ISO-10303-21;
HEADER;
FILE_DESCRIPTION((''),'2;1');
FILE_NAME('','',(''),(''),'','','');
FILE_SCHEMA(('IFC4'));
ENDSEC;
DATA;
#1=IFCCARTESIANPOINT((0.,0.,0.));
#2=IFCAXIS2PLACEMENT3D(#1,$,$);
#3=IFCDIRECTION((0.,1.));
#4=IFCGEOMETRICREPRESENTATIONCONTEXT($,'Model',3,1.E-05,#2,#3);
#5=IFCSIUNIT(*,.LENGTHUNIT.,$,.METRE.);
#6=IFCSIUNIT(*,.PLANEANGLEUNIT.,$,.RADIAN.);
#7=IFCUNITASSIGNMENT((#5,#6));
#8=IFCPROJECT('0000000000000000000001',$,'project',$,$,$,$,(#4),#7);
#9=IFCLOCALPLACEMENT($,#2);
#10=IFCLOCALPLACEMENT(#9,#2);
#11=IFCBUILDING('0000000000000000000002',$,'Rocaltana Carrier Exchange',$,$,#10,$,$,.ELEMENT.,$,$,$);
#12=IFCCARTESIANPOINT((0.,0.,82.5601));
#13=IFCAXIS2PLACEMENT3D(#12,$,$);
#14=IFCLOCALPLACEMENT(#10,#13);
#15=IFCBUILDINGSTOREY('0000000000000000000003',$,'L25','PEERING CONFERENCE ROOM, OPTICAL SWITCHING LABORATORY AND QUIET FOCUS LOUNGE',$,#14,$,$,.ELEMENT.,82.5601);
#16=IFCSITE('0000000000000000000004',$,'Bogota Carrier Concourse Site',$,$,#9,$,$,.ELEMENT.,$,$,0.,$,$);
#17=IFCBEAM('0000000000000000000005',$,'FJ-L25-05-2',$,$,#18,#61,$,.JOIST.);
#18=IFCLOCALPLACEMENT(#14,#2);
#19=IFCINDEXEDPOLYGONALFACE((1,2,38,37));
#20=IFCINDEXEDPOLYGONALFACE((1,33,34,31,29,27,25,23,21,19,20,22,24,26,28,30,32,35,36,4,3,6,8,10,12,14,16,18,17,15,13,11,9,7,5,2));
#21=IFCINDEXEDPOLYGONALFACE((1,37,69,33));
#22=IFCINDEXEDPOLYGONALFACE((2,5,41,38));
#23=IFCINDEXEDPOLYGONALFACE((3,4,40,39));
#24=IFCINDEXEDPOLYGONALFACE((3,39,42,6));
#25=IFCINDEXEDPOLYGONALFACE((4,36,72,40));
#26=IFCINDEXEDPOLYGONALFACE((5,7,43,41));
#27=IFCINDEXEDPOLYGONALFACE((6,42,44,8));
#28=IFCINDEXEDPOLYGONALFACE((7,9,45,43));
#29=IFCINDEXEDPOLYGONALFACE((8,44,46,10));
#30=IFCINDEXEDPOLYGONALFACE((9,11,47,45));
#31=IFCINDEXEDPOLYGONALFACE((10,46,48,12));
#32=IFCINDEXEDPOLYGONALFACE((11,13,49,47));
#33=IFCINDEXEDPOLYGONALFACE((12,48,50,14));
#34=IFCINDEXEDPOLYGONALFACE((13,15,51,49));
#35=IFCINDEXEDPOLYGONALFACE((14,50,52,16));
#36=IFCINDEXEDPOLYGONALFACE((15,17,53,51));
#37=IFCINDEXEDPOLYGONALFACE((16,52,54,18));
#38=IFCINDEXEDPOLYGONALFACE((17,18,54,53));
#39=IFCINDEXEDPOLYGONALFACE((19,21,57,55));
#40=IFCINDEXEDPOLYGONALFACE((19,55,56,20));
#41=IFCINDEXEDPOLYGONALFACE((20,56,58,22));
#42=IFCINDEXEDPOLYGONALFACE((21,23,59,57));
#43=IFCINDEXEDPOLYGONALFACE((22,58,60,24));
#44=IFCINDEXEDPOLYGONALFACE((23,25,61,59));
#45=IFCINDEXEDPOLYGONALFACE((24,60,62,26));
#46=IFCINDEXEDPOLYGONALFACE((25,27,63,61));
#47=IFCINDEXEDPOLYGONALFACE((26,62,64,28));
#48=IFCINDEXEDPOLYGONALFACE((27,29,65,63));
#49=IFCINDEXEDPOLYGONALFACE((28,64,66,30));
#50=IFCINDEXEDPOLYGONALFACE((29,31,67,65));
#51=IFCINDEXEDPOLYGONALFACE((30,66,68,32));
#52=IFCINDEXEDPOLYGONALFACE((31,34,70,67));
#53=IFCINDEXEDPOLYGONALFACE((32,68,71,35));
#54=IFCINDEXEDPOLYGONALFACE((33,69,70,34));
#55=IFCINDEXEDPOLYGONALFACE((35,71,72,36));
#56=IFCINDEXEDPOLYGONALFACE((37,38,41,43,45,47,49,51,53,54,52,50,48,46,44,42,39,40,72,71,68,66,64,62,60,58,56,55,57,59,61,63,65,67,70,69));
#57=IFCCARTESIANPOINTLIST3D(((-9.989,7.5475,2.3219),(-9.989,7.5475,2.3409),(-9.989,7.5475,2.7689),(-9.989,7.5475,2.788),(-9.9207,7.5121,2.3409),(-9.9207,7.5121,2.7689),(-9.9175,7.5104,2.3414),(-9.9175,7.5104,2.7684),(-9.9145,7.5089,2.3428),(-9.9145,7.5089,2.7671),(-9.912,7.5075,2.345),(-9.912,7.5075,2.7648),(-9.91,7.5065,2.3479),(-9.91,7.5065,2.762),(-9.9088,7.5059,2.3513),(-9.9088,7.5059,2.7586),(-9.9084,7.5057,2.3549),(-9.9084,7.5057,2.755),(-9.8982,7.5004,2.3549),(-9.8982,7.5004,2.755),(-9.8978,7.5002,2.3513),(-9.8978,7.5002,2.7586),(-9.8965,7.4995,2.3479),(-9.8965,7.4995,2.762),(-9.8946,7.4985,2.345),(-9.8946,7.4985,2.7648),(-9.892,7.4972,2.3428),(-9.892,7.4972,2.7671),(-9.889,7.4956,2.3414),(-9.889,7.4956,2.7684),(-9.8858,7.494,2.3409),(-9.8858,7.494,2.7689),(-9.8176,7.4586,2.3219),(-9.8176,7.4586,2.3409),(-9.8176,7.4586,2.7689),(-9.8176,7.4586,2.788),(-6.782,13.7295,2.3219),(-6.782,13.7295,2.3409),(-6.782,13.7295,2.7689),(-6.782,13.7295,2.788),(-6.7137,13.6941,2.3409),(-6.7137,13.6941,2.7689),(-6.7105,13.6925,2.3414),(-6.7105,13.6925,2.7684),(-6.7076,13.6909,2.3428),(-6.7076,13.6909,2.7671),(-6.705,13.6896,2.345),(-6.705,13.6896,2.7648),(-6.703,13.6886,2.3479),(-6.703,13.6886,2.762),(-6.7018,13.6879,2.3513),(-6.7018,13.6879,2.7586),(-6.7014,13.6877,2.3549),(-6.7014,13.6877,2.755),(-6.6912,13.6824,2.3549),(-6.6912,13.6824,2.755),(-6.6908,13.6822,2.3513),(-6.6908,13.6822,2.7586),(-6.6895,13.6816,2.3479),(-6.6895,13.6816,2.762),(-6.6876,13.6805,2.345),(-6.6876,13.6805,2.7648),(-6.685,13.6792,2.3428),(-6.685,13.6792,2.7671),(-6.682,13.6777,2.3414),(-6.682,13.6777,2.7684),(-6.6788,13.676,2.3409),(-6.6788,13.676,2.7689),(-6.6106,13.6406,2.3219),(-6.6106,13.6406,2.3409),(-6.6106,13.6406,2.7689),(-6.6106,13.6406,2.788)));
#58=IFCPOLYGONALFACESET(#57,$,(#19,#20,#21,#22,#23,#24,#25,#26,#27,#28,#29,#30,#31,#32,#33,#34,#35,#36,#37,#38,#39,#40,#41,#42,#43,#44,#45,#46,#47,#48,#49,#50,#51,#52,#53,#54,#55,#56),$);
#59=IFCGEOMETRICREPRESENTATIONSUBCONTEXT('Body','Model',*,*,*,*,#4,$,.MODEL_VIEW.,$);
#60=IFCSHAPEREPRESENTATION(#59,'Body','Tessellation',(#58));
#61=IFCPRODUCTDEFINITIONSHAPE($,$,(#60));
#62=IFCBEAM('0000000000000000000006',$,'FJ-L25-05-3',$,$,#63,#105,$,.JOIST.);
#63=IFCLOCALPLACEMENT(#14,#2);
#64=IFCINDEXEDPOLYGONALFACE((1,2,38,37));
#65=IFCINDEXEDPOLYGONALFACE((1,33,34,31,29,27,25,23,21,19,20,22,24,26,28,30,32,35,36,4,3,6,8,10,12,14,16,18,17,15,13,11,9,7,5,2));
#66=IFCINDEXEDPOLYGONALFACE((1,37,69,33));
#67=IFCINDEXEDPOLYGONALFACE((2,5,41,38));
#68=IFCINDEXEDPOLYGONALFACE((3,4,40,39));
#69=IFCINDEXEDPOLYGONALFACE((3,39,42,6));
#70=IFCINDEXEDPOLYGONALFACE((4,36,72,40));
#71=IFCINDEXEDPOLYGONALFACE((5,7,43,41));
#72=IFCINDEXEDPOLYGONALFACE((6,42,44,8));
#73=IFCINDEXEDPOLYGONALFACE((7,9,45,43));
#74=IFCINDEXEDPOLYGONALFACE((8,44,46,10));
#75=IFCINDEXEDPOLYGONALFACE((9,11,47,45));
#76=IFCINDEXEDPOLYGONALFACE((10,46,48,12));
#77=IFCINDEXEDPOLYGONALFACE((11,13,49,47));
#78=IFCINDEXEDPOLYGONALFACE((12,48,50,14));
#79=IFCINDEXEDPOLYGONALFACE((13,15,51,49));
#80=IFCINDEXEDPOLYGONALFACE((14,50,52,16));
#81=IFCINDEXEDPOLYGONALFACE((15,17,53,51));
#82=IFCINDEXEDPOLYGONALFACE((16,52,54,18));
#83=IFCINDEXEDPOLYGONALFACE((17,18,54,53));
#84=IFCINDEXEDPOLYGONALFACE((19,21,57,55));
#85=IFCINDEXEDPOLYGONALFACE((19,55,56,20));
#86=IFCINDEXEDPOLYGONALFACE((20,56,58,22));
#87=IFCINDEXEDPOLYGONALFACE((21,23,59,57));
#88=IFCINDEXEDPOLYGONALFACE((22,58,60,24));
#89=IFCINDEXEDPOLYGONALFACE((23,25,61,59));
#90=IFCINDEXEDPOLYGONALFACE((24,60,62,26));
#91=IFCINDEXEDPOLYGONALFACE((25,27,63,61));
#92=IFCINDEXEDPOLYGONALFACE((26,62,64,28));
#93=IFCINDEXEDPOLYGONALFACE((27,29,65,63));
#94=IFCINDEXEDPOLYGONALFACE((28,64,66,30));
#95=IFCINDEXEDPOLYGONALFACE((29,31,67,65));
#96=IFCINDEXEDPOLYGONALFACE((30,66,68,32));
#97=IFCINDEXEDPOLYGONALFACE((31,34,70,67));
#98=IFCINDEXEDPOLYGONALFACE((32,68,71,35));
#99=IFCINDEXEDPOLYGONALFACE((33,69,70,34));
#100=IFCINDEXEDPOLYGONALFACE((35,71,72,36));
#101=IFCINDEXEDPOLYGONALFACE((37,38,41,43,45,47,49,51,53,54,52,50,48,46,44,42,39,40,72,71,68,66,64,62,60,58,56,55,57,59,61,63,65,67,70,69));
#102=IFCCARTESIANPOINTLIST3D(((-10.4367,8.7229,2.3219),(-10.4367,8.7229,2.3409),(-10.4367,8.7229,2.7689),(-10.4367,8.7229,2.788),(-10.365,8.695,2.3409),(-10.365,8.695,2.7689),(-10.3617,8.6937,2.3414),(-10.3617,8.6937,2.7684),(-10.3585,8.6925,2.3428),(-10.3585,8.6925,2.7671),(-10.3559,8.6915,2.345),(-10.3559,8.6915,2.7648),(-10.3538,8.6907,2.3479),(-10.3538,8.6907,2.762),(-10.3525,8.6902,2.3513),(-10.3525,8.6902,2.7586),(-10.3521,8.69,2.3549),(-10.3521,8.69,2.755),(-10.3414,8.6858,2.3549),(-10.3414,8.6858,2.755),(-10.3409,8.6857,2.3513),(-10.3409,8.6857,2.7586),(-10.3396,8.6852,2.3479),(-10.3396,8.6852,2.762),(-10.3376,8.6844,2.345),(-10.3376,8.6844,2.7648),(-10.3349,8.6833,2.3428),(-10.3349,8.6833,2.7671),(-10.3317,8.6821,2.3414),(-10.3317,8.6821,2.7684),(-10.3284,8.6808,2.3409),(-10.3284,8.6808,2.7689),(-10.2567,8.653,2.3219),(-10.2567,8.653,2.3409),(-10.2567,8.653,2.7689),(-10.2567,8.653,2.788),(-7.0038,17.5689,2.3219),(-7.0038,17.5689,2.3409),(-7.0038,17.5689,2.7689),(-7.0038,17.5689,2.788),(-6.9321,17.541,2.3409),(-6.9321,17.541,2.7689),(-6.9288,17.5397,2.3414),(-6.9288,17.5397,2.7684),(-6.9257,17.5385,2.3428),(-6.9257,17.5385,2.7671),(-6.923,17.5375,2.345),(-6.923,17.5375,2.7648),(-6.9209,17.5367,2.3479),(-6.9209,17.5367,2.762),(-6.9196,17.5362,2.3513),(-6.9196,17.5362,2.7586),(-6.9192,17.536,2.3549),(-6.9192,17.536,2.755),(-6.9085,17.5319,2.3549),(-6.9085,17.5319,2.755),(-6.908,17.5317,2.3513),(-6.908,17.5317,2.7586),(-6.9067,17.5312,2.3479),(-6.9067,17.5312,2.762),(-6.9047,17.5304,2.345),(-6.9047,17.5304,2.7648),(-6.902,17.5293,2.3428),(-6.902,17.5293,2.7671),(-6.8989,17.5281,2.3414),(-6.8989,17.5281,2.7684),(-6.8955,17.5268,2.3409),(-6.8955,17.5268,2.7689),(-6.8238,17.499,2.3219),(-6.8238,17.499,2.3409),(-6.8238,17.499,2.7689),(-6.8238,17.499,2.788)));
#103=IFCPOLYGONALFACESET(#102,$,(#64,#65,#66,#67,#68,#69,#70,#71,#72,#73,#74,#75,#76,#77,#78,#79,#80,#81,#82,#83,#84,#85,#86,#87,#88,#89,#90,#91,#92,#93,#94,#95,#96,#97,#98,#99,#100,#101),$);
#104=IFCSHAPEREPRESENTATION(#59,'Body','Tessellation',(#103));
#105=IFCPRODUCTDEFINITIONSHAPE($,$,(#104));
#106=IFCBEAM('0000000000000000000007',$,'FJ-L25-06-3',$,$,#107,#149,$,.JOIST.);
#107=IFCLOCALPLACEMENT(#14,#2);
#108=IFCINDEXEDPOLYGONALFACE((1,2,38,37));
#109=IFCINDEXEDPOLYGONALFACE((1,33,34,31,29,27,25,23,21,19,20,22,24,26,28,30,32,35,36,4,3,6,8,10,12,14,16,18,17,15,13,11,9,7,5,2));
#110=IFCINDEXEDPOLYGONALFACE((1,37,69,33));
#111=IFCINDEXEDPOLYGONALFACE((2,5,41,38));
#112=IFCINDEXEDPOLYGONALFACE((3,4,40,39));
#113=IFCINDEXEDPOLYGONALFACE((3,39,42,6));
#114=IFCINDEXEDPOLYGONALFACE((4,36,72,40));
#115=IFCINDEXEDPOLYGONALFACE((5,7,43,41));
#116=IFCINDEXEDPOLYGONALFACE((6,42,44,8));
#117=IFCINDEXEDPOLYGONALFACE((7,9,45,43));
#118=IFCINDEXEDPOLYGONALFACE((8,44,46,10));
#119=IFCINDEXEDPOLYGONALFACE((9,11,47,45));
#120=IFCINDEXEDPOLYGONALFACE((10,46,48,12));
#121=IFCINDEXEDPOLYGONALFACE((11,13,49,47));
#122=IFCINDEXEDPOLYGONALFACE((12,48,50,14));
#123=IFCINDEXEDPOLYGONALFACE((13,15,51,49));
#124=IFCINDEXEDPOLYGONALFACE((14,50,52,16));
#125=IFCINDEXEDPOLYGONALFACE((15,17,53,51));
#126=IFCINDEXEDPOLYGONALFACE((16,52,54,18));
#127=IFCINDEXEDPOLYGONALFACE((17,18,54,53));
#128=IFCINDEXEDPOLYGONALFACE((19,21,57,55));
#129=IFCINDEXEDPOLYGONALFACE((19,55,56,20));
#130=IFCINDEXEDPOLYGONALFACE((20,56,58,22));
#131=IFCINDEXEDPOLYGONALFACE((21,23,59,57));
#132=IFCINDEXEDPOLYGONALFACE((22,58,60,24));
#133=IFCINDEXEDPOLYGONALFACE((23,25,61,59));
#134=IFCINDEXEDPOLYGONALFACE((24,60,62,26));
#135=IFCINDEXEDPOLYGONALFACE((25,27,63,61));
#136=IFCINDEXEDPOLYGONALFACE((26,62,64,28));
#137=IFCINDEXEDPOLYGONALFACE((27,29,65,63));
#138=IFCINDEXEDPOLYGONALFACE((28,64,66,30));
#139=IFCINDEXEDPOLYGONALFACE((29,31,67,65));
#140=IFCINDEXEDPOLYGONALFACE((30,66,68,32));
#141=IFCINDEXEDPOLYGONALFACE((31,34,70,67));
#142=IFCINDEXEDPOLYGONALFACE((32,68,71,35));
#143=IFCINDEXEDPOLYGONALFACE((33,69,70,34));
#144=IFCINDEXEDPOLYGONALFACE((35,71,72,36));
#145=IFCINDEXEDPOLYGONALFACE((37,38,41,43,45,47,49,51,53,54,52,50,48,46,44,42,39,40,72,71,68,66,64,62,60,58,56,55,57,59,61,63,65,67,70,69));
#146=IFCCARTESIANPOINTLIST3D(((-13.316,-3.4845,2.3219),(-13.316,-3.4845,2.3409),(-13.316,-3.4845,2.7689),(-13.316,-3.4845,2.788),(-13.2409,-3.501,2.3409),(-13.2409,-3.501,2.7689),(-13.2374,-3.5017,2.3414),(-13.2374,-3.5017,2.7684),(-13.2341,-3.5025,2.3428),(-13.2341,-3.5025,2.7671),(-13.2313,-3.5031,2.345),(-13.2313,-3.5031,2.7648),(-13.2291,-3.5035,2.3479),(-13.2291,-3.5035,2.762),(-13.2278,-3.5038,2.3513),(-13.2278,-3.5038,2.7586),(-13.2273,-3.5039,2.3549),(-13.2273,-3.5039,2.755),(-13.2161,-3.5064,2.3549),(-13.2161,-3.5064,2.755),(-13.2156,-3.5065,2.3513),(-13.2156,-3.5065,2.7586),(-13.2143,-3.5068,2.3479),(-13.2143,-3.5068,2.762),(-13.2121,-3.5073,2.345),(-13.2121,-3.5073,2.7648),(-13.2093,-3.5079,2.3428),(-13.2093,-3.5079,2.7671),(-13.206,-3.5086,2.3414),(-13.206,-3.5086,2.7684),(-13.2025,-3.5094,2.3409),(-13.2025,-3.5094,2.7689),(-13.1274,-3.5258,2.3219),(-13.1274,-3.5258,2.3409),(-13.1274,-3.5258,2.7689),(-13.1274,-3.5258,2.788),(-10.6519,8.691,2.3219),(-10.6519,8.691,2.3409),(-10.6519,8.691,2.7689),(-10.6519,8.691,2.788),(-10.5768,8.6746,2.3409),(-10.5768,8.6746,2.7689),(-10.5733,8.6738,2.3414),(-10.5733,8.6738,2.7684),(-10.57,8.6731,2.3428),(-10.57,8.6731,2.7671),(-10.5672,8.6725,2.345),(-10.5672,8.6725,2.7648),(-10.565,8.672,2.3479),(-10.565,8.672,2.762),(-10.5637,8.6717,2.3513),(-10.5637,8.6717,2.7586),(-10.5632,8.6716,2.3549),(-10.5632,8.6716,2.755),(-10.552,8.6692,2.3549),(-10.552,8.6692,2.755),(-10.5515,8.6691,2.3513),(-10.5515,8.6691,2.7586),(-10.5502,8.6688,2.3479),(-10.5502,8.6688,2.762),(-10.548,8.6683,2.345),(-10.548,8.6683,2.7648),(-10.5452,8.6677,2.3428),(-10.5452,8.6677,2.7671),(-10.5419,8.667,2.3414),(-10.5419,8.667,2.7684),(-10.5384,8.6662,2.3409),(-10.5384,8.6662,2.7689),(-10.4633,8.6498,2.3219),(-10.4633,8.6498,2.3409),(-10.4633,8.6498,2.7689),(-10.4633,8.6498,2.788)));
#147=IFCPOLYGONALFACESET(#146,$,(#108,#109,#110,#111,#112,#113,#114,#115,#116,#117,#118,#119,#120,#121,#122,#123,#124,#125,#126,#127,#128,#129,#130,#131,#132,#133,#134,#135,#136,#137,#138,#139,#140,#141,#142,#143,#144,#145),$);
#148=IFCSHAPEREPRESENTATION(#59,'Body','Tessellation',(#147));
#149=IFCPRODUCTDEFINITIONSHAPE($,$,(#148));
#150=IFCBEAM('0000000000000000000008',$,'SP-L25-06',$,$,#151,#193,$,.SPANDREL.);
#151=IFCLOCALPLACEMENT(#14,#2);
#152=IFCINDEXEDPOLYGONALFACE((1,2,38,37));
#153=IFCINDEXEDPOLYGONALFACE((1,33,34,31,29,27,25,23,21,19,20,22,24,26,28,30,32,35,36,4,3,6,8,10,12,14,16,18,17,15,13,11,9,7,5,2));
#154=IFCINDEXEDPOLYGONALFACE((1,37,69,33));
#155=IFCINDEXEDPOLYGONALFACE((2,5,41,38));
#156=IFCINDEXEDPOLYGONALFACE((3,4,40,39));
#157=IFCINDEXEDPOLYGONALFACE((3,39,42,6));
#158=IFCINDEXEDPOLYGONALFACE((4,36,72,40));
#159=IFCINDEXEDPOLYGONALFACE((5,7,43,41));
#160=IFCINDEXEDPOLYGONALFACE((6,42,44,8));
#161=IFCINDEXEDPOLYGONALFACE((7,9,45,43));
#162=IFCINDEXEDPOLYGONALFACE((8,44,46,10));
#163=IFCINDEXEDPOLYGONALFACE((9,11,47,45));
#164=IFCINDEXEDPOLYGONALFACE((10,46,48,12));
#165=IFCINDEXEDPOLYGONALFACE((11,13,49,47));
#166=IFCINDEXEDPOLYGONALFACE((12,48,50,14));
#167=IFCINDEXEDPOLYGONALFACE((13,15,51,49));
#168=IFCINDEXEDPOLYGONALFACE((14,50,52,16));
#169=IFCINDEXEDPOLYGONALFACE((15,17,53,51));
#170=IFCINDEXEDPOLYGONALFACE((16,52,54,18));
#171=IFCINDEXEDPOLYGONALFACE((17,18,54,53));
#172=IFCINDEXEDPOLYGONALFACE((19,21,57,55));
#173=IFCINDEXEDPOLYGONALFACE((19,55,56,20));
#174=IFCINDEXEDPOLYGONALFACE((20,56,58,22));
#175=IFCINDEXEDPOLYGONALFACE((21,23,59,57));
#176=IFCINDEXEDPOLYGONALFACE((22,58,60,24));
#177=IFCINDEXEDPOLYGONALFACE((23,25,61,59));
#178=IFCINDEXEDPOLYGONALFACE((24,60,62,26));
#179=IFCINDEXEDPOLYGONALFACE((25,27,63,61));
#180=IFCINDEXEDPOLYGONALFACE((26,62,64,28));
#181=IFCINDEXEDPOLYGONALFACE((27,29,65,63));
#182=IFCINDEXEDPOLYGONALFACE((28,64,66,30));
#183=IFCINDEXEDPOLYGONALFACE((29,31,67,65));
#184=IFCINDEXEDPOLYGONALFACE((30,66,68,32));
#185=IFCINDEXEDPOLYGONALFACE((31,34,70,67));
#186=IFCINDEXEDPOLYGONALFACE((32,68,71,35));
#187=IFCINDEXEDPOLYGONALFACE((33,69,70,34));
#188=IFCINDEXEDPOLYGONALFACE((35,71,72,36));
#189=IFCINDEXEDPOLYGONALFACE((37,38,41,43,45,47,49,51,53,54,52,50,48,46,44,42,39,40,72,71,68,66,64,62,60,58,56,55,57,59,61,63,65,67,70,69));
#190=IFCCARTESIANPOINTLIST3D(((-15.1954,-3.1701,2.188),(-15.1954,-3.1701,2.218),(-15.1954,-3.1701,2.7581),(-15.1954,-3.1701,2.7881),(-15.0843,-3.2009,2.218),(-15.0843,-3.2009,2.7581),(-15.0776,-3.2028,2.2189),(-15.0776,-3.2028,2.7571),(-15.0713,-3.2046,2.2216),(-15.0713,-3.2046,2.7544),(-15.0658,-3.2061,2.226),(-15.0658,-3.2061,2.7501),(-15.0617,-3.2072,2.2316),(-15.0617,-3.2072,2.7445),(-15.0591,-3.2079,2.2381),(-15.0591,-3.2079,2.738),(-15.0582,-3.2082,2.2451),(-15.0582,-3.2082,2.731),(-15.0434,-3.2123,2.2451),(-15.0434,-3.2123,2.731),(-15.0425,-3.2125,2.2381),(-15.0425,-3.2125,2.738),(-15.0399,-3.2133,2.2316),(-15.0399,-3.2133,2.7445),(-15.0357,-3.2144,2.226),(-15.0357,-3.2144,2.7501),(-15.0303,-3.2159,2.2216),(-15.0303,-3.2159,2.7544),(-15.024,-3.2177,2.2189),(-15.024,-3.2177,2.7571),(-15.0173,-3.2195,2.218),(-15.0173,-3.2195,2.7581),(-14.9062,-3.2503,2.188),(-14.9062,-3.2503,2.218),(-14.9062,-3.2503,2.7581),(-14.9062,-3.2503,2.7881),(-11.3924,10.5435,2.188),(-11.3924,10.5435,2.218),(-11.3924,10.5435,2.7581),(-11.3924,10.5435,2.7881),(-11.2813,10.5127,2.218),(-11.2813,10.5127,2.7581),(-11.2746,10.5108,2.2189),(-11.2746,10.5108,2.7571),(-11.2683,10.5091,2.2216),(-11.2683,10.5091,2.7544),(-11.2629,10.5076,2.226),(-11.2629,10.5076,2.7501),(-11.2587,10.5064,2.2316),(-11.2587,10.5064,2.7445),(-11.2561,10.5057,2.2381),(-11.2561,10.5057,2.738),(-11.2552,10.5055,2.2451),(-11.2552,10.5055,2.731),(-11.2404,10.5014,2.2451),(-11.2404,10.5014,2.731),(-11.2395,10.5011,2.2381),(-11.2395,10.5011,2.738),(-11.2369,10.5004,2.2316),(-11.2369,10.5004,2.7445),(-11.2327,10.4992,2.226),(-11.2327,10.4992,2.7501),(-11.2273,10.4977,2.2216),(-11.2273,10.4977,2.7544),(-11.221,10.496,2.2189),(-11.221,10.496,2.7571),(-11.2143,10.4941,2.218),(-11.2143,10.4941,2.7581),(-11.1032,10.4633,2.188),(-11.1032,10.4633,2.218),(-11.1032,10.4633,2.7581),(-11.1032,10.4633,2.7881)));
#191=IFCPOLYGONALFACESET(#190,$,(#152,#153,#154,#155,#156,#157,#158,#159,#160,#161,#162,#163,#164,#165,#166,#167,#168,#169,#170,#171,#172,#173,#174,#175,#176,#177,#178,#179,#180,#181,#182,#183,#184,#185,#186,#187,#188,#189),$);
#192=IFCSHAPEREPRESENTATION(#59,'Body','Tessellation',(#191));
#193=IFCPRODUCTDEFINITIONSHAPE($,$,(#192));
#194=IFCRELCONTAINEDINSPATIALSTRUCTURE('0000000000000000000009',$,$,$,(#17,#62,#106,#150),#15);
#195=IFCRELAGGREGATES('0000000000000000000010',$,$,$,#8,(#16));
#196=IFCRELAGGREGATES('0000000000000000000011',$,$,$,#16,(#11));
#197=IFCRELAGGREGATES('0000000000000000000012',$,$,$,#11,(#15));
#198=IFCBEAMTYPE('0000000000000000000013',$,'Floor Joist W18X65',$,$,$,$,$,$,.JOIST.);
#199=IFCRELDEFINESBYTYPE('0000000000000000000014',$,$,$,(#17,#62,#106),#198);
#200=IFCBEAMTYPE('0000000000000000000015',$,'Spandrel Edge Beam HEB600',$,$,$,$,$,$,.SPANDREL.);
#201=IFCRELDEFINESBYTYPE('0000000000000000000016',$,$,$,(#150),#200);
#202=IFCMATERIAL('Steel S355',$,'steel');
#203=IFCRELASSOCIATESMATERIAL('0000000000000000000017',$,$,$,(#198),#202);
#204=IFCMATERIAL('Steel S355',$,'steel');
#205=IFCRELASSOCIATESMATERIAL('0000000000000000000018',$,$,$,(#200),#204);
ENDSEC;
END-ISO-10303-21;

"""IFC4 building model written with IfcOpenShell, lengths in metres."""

from ifc_helpers import new_model, si_unit, direction, frame, origin, origin_2d, place, context, subcontext, project, spatial, i_section, extrude, material, material_profile, profile_set, type_object, element, save


model = new_model("IFC4")

# Units and contexts
model_context = context("Model", 3, precision=1e-05, world=origin(), true_north=direction((0.0, 1.0)))
body_context = subcontext(model_context, "Body", "Model", "MODEL_VIEW")
ifc_project = project(units=[si_unit("LENGTHUNIT", "METRE"), si_unit("PLANEANGLEUNIT", "RADIAN")], contexts=[model_context])

# Site, building, storey
site_placement = place(None, origin())
site = spatial("IfcSite", under=ifc_project, at=site_placement, Name="Bogota Carrier Concourse Site", CompositionType="ELEMENT", RefElevation=0.0)
building_placement = place(site_placement, origin())
building = spatial("IfcBuilding", under=site, at=building_placement, Name="Rocaltana Carrier Exchange", CompositionType="ELEMENT")
storey_placement = place(building_placement, frame((0.0, 0.0, 82.5601)))
storey = spatial("IfcBuildingStorey", under=building, at=storey_placement, Name="L25", Description="PEERING CONFERENCE ROOM, OPTICAL SWITCHING LABORATORY AND QUIET FOCUS LOUNGE", CompositionType="ELEMENT", Elevation=82.5601)

# Beams
ifc_material_1 = material(Name="Steel S355", Category="steel")
ifc_material_profile_1 = material_profile(ifc_material_1, i_section(OverallWidth=0.1931, OverallDepth=0.4661, WebThickness=0.0115, FlangeThickness=0.019, FilletRadius=0.0139, at=origin_2d()), Name="W18X65")
ifc_profile_set_1 = profile_set([ifc_material_profile_1], Name="Steel S355")
beam_type_1 = type_object("IfcBeamType", Name="Floor Joist W18X65", PredefinedType="JOIST", material=ifc_profile_set_1)
beam_1_placement = place(storey_placement, frame((-6.6963, 13.6851, 2.5549), z_axis=(-0.460485, -0.887668, 0.0), x_axis=(0.887668, -0.460485, 0.0)))
element("IfcBeam", 1, at=beam_1_placement, inside=storey, type_object=beam_type_1, Name="FJ-L25-05-2", PredefinedType="JOIST", context=body_context, shape_type="SweptSolid", body=[
    extrude(i_section(OverallWidth=0.1931, OverallDepth=0.4661, WebThickness=0.0115, FlangeThickness=0.019, FilletRadius=0.0139, at=origin_2d()), origin(), (0.0, 0.0, 1.0), 6.9644),
])
beam_2_placement = place(storey_placement, frame((-6.9138, 17.5339, 2.5549), z_axis=(-0.361784, -0.932262, 0.0), x_axis=(0.932262, -0.361784, 0.0)))
element("IfcBeam", 2, at=beam_2_placement, inside=storey, type_object=beam_type_1, Name="FJ-L25-05-3", PredefinedType="JOIST", context=body_context, shape_type="SweptSolid", body=[
    extrude(i_section(OverallWidth=0.1931, OverallDepth=0.4661, WebThickness=0.0115, FlangeThickness=0.019, FilletRadius=0.0139, at=origin_2d()), origin(), (0.0, 0.0, 1.0), 9.4888),
])
beam_3_placement = place(storey_placement, frame((-10.5576, 8.6704, 2.5549), z_axis=(-0.213748, -0.976889, 0.0), x_axis=(0.976889, -0.213748, 0.0)))
element("IfcBeam", 3, at=beam_3_placement, inside=storey, type_object=beam_type_1, Name="FJ-L25-06-3", PredefinedType="JOIST", context=body_context, shape_type="SweptSolid", body=[
    extrude(i_section(OverallWidth=0.1931, OverallDepth=0.4661, WebThickness=0.0115, FlangeThickness=0.019, FilletRadius=0.0139, at=origin_2d()), origin(), (0.0, 0.0, 1.0), 12.4636),
])
ifc_material_2 = material(Name="Steel S355", Category="steel")
ifc_material_profile_2 = material_profile(ifc_material_2, i_section(OverallWidth=0.3, OverallDepth=0.6001, WebThickness=0.0154, FlangeThickness=0.03, FilletRadius=0.0271, at=origin_2d()), Name="HEB600")
ifc_profile_set_2 = profile_set([ifc_material_profile_2], Name="Steel S355")
beam_type_2 = type_object("IfcBeamType", Name="Spandrel Edge Beam HEB600", PredefinedType="SPANDREL", material=ifc_profile_set_2)
beam_4_placement = place(storey_placement, frame((-11.2478, 10.5034, 2.488), z_axis=(-0.267229, -0.963633, 0.0), x_axis=(0.963633, -0.267229, 0.0)))
element("IfcBeam", 4, at=beam_4_placement, inside=storey, type_object=beam_type_2, Name="SP-L25-06", PredefinedType="SPANDREL", context=body_context, shape_type="SweptSolid", body=[
    extrude(i_section(OverallWidth=0.3, OverallDepth=0.6001, WebThickness=0.0154, FlangeThickness=0.03, FilletRadius=0.0271, at=origin_2d()), origin(), (0.0, 0.0, 1.0), 14.2312),
])

save(model, "model.ifc")
